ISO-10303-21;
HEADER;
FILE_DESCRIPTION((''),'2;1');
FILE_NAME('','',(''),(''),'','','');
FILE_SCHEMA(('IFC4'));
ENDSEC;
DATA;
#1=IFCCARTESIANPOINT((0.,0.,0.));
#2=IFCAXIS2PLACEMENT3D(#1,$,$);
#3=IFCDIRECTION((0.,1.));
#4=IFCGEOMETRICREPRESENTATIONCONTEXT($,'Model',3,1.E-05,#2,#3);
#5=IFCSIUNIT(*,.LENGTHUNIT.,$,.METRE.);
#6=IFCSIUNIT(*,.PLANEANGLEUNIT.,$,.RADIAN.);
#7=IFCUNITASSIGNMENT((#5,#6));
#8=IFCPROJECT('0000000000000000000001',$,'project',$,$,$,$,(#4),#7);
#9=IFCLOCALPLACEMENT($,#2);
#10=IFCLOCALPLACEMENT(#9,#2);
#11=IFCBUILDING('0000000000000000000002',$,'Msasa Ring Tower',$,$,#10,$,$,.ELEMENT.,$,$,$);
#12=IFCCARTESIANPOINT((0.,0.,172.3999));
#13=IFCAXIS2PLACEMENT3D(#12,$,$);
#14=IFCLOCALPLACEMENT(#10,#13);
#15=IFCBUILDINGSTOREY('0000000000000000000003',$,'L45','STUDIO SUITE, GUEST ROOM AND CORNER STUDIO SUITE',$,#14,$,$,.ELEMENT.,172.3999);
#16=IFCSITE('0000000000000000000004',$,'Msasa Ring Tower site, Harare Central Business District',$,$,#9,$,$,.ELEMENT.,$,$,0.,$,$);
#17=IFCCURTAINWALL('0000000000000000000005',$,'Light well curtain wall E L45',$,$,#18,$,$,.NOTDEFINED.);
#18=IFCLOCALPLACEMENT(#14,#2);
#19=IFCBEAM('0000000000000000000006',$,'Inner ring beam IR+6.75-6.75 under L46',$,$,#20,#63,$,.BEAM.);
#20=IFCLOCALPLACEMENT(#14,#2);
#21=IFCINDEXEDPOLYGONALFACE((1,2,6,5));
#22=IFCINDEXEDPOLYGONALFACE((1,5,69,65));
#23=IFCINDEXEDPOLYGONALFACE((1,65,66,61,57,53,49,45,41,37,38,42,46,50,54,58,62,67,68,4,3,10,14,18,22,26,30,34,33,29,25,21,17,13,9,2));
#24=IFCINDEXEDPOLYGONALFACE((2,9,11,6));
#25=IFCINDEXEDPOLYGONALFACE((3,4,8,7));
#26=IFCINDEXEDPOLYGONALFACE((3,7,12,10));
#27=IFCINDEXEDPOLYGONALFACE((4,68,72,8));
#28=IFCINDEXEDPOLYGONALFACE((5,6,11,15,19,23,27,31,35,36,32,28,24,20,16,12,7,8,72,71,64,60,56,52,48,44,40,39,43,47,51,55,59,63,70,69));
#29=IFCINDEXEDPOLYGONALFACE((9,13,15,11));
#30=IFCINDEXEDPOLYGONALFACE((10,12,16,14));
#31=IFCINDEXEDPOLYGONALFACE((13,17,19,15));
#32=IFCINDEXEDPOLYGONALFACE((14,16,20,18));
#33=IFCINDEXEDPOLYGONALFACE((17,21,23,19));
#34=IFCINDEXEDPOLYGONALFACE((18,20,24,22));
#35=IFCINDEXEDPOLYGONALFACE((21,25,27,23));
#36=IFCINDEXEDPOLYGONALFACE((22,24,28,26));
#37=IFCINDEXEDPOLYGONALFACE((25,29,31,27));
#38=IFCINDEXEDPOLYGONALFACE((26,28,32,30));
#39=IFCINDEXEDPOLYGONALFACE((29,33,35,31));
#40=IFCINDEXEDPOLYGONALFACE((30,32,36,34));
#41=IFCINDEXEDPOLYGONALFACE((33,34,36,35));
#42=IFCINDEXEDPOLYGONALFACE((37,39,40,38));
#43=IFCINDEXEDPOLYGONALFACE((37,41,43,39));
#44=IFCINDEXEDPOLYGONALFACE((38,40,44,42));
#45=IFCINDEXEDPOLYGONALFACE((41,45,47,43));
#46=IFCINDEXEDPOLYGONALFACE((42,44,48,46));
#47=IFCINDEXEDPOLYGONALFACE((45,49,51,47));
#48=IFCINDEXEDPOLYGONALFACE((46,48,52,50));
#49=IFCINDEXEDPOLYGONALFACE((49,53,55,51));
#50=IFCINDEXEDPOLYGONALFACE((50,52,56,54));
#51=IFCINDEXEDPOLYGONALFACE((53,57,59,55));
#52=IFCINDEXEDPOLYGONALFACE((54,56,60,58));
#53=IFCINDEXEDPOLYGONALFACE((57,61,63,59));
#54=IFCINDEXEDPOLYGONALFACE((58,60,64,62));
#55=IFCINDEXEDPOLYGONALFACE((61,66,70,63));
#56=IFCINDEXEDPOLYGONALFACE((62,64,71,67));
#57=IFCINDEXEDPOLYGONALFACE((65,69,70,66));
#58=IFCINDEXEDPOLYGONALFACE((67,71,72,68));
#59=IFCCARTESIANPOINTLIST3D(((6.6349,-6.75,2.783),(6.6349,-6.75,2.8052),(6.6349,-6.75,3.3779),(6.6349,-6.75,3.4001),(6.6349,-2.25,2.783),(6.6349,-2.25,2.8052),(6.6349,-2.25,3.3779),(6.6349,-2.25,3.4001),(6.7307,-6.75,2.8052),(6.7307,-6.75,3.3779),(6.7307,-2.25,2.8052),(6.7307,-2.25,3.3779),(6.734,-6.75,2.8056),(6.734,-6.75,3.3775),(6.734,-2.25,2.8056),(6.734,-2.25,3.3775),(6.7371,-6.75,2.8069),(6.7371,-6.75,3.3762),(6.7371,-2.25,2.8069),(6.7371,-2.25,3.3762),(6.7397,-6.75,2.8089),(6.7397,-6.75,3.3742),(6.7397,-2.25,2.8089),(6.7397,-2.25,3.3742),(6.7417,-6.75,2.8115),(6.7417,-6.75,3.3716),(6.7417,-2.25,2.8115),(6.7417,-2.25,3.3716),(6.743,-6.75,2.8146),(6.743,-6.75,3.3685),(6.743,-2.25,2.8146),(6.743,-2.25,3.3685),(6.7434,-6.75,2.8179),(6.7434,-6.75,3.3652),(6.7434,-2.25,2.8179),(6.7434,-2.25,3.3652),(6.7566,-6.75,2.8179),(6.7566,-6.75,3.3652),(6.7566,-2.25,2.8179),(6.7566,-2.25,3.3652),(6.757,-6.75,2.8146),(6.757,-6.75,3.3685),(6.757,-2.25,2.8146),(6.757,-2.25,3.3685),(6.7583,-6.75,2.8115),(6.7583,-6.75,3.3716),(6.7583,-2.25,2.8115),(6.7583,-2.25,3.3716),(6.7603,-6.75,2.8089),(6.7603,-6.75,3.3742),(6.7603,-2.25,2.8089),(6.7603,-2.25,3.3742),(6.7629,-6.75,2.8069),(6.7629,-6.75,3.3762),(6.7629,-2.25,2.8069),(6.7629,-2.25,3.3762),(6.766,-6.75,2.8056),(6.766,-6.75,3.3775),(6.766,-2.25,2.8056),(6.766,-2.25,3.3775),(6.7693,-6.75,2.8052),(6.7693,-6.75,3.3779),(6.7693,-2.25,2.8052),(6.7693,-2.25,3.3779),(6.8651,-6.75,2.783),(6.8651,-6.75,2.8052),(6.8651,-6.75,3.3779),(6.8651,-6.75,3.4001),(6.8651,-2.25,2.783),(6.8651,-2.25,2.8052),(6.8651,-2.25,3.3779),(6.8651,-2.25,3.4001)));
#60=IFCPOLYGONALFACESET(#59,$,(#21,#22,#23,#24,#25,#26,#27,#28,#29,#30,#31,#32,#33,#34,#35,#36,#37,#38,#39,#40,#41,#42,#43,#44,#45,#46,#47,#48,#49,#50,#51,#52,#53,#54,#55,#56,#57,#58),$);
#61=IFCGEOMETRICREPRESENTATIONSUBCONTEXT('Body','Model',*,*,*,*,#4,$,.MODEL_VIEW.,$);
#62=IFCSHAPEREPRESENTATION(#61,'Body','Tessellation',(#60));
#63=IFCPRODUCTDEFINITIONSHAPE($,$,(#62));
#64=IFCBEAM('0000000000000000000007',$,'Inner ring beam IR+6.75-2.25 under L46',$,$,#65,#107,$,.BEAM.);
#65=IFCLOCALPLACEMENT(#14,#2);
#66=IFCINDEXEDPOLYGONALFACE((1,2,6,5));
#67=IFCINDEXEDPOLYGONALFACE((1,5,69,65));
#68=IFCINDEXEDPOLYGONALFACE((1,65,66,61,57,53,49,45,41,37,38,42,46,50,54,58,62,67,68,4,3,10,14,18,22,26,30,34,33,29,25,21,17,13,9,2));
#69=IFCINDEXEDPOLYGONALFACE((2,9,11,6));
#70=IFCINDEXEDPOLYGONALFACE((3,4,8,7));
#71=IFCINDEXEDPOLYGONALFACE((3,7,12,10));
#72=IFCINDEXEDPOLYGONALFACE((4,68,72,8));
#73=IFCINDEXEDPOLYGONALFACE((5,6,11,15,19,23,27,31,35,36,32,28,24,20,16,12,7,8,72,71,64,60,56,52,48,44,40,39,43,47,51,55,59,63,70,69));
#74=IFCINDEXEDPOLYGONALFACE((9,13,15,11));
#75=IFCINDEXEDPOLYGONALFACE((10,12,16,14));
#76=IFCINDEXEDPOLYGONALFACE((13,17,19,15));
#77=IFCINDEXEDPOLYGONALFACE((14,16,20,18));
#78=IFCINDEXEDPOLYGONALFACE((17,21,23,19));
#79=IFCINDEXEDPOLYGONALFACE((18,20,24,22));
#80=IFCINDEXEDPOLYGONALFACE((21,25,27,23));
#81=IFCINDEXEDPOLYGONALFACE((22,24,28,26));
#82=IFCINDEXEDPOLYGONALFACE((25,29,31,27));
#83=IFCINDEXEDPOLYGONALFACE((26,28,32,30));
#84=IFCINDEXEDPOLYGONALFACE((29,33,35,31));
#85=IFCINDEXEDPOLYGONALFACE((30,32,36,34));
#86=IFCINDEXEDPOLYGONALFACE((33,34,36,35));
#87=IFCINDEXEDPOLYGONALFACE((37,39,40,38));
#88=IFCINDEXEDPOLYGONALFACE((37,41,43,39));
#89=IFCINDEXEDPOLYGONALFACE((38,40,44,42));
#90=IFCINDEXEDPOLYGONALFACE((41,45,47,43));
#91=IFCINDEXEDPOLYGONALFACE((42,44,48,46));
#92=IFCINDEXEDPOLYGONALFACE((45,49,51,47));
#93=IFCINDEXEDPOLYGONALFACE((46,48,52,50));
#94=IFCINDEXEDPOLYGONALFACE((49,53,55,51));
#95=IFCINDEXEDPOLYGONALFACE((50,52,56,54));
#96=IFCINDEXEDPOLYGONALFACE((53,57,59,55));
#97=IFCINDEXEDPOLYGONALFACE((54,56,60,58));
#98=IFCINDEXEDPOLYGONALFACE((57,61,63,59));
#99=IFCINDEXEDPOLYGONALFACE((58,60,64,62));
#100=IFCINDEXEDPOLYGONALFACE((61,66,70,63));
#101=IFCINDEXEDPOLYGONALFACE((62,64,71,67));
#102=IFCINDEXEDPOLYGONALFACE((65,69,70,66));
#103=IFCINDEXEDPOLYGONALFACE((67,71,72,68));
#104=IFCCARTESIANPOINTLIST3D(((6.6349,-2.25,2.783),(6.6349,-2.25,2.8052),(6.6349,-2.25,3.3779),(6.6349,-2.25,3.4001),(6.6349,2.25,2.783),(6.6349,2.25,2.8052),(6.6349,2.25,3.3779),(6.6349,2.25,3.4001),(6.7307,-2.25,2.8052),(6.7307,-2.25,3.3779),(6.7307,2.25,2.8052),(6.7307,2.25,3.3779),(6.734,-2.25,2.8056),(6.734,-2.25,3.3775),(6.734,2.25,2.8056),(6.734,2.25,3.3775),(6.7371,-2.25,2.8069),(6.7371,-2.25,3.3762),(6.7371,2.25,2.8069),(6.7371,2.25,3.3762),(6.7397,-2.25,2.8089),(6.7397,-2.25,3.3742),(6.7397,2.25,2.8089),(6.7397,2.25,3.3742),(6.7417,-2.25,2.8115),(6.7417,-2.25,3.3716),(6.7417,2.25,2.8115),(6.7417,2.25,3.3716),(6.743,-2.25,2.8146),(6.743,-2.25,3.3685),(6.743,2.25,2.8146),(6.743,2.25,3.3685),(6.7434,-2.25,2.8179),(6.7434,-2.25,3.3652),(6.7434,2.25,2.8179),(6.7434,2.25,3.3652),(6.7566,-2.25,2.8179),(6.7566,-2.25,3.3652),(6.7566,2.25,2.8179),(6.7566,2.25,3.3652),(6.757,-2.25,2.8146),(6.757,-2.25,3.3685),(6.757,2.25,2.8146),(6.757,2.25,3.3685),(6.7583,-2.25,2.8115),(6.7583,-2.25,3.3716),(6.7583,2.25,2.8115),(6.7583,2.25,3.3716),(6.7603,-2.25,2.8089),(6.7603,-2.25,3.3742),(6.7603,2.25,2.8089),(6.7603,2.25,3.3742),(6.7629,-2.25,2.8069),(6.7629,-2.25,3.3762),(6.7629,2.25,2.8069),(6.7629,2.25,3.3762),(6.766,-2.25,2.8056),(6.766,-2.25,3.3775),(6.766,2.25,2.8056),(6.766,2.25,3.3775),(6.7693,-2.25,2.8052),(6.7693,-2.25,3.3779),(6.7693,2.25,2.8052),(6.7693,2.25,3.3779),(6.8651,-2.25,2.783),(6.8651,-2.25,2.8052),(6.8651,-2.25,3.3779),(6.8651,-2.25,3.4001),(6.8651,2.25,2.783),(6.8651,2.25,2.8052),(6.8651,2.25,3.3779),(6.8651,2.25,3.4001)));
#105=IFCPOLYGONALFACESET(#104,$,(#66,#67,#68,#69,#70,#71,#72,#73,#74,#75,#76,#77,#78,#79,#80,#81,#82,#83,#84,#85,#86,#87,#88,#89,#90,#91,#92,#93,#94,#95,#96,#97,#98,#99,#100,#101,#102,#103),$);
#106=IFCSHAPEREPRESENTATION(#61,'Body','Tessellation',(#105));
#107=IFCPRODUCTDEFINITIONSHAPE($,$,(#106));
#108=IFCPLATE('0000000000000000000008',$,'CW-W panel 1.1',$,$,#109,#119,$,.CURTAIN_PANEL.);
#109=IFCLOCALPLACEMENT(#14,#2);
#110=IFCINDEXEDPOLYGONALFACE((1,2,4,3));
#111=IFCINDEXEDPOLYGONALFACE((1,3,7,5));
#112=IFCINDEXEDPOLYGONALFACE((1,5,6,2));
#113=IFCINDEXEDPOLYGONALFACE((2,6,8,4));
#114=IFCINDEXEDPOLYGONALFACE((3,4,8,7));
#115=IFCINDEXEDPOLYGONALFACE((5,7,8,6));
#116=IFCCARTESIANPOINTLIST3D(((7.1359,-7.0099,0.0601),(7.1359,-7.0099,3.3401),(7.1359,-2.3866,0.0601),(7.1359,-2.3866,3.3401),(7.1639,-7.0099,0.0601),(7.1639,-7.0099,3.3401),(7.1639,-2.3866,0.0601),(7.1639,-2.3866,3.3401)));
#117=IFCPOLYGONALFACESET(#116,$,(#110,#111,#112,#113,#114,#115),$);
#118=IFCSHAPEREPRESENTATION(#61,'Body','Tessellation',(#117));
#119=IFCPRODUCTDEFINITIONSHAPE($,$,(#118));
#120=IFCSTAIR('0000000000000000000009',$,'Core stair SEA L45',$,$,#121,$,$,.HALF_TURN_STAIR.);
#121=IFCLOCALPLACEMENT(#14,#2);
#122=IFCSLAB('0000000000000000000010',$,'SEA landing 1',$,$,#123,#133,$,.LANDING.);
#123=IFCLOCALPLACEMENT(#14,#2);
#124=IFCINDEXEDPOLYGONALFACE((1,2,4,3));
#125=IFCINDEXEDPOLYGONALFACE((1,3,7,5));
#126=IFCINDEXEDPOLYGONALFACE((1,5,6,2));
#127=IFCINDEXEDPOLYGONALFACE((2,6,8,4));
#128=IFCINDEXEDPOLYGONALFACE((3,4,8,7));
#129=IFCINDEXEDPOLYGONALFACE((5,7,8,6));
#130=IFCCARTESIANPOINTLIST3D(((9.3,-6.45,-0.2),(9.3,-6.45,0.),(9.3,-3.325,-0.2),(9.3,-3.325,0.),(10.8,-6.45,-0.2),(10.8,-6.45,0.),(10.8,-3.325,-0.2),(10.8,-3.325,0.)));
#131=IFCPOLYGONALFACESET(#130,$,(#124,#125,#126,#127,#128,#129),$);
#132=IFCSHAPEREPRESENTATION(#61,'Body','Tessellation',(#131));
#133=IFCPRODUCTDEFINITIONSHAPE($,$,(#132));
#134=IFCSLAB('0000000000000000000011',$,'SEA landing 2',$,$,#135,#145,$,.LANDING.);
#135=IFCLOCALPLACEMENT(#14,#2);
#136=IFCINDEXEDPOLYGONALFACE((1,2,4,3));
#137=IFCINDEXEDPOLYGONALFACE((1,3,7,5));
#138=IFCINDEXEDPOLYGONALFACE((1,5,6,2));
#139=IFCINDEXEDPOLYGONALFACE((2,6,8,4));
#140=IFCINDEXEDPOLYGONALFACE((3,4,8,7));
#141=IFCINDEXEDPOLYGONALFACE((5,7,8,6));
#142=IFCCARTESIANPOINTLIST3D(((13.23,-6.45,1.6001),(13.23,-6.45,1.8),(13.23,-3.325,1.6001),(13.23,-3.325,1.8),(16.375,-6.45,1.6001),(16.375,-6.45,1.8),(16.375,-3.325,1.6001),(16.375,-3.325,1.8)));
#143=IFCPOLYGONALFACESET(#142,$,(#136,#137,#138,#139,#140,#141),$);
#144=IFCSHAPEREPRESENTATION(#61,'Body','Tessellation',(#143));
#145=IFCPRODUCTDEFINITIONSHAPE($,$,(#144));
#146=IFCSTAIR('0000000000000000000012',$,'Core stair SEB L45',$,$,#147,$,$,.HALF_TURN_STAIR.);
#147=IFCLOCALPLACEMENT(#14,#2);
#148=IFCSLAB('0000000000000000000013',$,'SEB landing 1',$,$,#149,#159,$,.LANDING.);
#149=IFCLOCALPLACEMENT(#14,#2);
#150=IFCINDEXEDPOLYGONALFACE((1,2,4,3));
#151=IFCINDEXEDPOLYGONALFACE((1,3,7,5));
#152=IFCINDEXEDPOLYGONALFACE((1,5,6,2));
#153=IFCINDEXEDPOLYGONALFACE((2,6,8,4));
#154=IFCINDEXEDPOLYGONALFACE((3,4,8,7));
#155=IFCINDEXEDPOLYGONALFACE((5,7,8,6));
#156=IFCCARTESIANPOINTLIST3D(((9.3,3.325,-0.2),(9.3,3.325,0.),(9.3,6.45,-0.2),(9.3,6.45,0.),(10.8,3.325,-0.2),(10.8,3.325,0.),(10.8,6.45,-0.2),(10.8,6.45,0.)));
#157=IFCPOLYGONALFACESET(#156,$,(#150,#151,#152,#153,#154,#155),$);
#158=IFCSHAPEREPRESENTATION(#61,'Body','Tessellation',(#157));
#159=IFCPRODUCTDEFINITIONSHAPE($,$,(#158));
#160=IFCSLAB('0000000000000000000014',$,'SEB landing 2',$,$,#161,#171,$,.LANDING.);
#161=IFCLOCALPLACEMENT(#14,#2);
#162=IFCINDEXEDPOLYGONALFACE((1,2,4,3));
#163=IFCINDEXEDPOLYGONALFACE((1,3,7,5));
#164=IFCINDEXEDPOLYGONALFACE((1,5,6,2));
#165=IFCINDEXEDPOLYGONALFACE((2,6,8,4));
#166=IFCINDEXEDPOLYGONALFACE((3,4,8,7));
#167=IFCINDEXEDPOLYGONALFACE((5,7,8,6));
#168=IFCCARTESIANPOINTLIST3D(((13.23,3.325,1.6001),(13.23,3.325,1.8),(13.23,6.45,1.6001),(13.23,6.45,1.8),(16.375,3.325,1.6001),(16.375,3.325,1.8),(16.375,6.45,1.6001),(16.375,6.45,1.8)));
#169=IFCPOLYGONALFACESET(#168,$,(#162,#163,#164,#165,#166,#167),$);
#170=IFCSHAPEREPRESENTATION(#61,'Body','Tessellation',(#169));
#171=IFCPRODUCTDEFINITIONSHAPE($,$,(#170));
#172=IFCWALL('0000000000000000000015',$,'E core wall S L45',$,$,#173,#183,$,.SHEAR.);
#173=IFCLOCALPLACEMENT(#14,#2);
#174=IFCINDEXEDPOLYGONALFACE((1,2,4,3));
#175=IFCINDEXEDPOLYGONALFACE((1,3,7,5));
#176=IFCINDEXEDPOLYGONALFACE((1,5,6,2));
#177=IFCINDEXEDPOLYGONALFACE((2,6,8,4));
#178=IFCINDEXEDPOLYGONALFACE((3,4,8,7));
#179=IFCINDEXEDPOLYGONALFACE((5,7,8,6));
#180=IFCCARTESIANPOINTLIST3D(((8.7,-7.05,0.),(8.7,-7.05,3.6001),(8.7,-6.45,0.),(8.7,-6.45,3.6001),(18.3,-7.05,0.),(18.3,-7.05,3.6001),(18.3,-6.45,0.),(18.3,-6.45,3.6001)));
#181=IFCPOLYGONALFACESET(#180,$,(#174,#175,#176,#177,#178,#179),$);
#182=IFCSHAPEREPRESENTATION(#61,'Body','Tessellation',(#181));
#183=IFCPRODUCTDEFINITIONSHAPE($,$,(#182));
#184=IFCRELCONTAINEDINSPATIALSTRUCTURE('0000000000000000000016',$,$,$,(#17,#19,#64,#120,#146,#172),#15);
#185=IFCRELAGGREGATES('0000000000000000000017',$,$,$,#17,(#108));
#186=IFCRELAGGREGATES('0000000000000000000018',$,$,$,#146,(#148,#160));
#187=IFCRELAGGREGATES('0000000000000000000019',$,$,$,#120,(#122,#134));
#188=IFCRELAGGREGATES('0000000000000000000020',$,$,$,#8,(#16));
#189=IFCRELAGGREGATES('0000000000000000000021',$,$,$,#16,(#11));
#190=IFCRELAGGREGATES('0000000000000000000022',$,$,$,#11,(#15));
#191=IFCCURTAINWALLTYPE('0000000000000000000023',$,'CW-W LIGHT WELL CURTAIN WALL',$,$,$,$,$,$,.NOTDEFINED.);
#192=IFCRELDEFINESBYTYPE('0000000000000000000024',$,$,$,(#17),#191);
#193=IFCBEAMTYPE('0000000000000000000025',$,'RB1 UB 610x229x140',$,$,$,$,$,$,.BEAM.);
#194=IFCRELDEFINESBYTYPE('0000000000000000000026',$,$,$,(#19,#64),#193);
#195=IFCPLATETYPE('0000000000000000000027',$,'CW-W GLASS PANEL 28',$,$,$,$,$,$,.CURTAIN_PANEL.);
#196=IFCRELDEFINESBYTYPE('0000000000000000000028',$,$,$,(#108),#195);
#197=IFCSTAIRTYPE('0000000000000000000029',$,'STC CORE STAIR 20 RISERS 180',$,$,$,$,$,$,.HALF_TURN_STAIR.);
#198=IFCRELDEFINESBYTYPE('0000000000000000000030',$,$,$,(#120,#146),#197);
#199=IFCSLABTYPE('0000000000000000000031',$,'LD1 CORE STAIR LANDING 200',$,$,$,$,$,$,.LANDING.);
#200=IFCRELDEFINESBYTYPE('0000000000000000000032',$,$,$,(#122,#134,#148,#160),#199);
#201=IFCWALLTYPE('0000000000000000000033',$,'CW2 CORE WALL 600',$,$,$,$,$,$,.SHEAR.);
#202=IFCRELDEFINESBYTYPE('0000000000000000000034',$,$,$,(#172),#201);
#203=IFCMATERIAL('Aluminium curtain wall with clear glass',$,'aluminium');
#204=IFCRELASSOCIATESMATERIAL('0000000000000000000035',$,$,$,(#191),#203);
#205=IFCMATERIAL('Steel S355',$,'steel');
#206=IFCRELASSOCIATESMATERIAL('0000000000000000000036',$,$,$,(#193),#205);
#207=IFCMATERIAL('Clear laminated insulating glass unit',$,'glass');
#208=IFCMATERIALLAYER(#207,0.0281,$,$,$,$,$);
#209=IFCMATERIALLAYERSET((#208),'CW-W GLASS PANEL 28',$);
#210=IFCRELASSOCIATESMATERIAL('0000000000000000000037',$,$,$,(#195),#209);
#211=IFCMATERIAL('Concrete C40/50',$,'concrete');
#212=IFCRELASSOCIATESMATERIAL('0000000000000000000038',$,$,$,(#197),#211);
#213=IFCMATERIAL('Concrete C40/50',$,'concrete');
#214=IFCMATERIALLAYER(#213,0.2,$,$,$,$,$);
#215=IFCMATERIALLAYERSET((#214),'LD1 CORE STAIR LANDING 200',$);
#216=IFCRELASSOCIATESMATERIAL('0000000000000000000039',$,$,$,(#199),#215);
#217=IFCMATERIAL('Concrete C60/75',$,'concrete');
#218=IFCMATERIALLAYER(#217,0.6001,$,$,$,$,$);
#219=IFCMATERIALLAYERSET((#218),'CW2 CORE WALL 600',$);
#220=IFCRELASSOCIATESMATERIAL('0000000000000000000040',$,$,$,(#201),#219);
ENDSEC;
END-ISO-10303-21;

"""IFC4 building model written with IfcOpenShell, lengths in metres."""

from ifc_helpers import new_model, si_unit, direction, frame, frame_2d, origin, origin_2d, place, context, subcontext, project, spatial, polyline, rectangle, i_section, outline, extrude, material, layer, layer_set, material_profile, profile_set, type_object, element, aggregate, save


model = new_model("IFC4")

# Units and contexts
model_context = context("Model", 3, precision=1e-05, world=origin(), true_north=direction((0.0, 1.0)))
body_context = subcontext(model_context, "Body", "Model", "MODEL_VIEW")
ifc_project = project(units=[si_unit("LENGTHUNIT", "METRE"), si_unit("PLANEANGLEUNIT", "RADIAN")], contexts=[model_context])

# Site, building, storey
site_placement = place(None, origin())
site = spatial("IfcSite", under=ifc_project, at=site_placement, Name="Msasa Ring Tower site, Harare Central Business District", CompositionType="ELEMENT", RefElevation=0.0)
building_placement = place(site_placement, origin())
building = spatial("IfcBuilding", under=site, at=building_placement, Name="Msasa Ring Tower", CompositionType="ELEMENT")
storey_placement = place(building_placement, frame((0.0, 0.0, 172.3999)))
storey = spatial("IfcBuildingStorey", under=building, at=storey_placement, Name="L45", Description="STUDIO SUITE, GUEST ROOM AND CORNER STUDIO SUITE", CompositionType="ELEMENT", Elevation=172.3999)

# Curtain wall
ifc_material_1 = material(Name="Aluminium curtain wall with clear glass", Category="aluminium")
curtain_wall_type = type_object("IfcCurtainWallType", Name="CW-W LIGHT WELL CURTAIN WALL", PredefinedType="NOTDEFINED", material=ifc_material_1)
curtain_wall_placement = place(storey_placement, origin())
curtain_wall = element("IfcCurtainWall", 1, at=curtain_wall_placement, inside=storey, type_object=curtain_wall_type, Name="Light well curtain wall E L45", PredefinedType="NOTDEFINED")

# Beams
ifc_material_2 = material(Name="Steel S355", Category="steel")
ifc_material_profile_1 = material_profile(ifc_material_2, i_section(OverallWidth=0.2302, OverallDepth=0.6172, WebThickness=0.0132, FlangeThickness=0.0222, FilletRadius=0.0127, at=origin_2d()), Name="UB 610x229x140")
ifc_profile_set_1 = profile_set([ifc_material_profile_1], Name="Steel S355")
beam_type = type_object("IfcBeamType", Name="RB1 UB 610x229x140", PredefinedType="BEAM", material=ifc_profile_set_1)
for number, where, z_axis, x_axis, name in (
    (2, (6.75, -6.75, 3.0916), (0.0, 1.0, 0.0), (-1.0, 0.0, 0.0), "Inner ring beam IR+6.75-6.75 under L46"),
    (3, (6.75, -2.25, 3.0916), (0.0, 1.0, 0.0), (-1.0, 0.0, 0.0), "Inner ring beam IR+6.75-2.25 under L46"),
):
    element("IfcBeam", number, at=place(storey_placement, frame(where, z_axis=z_axis, x_axis=x_axis)), inside=storey, type_object=beam_type, Name=name, PredefinedType="BEAM", context=body_context, shape_type="SweptSolid", body=[
        extrude(i_section(OverallWidth=0.2302, OverallDepth=0.6172, WebThickness=0.0132, FlangeThickness=0.0222, FilletRadius=0.0127, at=origin_2d()), origin(), (0.0, 0.0, 1.0), 4.5),
    ])

# Plate
ifc_material_3 = material(Name="Clear laminated insulating glass unit", Category="glass")
ifc_layer_1 = layer(ifc_material_3, 0.0281)
ifc_layer_set_1 = layer_set([ifc_layer_1], Name="CW-W GLASS PANEL 28")
plate_type = type_object("IfcPlateType", Name="CW-W GLASS PANEL 28", PredefinedType="CURTAIN_PANEL", material=ifc_layer_set_1)
plate_placement = place(storey_placement, frame((7.1499, -4.6982, 0.0601), z_axis=(0.0, 0.0, 1.0), x_axis=(0.0, 1.0, 0.0)))
plate = element("IfcPlate", 4, at=plate_placement, type_object=plate_type, Name="CW-W panel 1.1", PredefinedType="CURTAIN_PANEL", context=body_context, shape_type="SweptSolid", body=[
    extrude(rectangle(XDim=4.6233, YDim=0.0281, at=origin_2d()), origin(), (0.0, 0.0, 1.0), 3.28),
])
aggregate(curtain_wall, [plate])

# Stairs, slabs
ifc_material_4 = material(Name="Concrete C40/50", Category="concrete")
stair_type = type_object("IfcStairType", Name="STC CORE STAIR 20 RISERS 180", PredefinedType="HALF_TURN_STAIR", material=ifc_material_4)
stair_1_placement = place(storey_placement, origin())
stair_1 = element("IfcStair", 5, at=stair_1_placement, inside=storey, type_object=stair_type, Name="Core stair SEA L45", PredefinedType="HALF_TURN_STAIR")
ifc_material_5 = material(Name="Concrete C40/50", Category="concrete")
ifc_layer_2 = layer(ifc_material_5, 0.2)
ifc_layer_set_2 = layer_set([ifc_layer_2], Name="LD1 CORE STAIR LANDING 200")
slab_type = type_object("IfcSlabType", Name="LD1 CORE STAIR LANDING 200", PredefinedType="LANDING", material=ifc_layer_set_2)
slab_1_placement = place(storey_placement, frame((0.0, 0.0, -0.2)))
slab_1 = element("IfcSlab", 6, at=slab_1_placement, type_object=slab_type, Name="SEA landing 1", PredefinedType="LANDING", context=body_context, shape_type="SweptSolid", body=[
    extrude(outline(polyline([(9.3, -6.45), (10.8, -6.45), (10.8, -3.325), (9.3, -3.325), (9.3, -6.45)])), origin(), (0.0, 0.0, 1.0), 0.2),
])
slab_2_placement = place(storey_placement, frame((0.0, 0.0, 1.6001)))
slab_2 = element("IfcSlab", 7, at=slab_2_placement, type_object=slab_type, Name="SEA landing 2", PredefinedType="LANDING", context=body_context, shape_type="SweptSolid", body=[
    extrude(outline(polyline([(13.23, -6.45), (16.375, -6.45), (16.375, -3.325), (13.23, -3.325), (13.23, -6.45)])), origin(), (0.0, 0.0, 1.0), 0.2),
])
stair_2_placement = place(storey_placement, origin())
stair_2 = element("IfcStair", 8, at=stair_2_placement, inside=storey, type_object=stair_type, Name="Core stair SEB L45", PredefinedType="HALF_TURN_STAIR")
slab_3_placement = place(storey_placement, frame((0.0, 0.0, -0.2)))
slab_3 = element("IfcSlab", 9, at=slab_3_placement, type_object=slab_type, Name="SEB landing 1", PredefinedType="LANDING", context=body_context, shape_type="SweptSolid", body=[
    extrude(outline(polyline([(9.3, 3.325), (10.8, 3.325), (10.8, 6.45), (9.3, 6.45), (9.3, 3.325)])), origin(), (0.0, 0.0, 1.0), 0.2),
])
slab_4_placement = place(storey_placement, frame((0.0, 0.0, 1.6001)))
slab_4 = element("IfcSlab", 10, at=slab_4_placement, type_object=slab_type, Name="SEB landing 2", PredefinedType="LANDING", context=body_context, shape_type="SweptSolid", body=[
    extrude(outline(polyline([(13.23, 3.325), (16.375, 3.325), (16.375, 6.45), (13.23, 6.45), (13.23, 3.325)])), origin(), (0.0, 0.0, 1.0), 0.2),
])
aggregate(stair_2, [slab_3, slab_4])

# Wall
ifc_material_6 = material(Name="Concrete C60/75", Category="concrete")
ifc_layer_3 = layer(ifc_material_6, 0.6001)
ifc_layer_set_3 = layer_set([ifc_layer_3], Name="CW2 CORE WALL 600")
wall_type_1 = type_object("IfcWallType", Name="CW2 CORE WALL 600", PredefinedType="SHEAR", material=ifc_layer_set_3)
wall_1_placement = place(storey_placement, frame((8.7, -6.75, 0.0), z_axis=(0.0, 0.0, 1.0), x_axis=(1.0, 0.0, 0.0)))
element("IfcWall", 11, at=wall_1_placement, inside=storey, type_object=wall_type_1, Name="E core wall S L45", PredefinedType="SHEAR", context=body_context, shape_type="SweptSolid", body=[
    extrude(rectangle(XDim=9.6001, YDim=0.6001, at=frame_2d((4.8, 0.0))), origin(), (0.0, 0.0, 1.0), 3.6001),
])

aggregate(stair_1, [slab_1, slab_2])

save(model, "model.ifc")
